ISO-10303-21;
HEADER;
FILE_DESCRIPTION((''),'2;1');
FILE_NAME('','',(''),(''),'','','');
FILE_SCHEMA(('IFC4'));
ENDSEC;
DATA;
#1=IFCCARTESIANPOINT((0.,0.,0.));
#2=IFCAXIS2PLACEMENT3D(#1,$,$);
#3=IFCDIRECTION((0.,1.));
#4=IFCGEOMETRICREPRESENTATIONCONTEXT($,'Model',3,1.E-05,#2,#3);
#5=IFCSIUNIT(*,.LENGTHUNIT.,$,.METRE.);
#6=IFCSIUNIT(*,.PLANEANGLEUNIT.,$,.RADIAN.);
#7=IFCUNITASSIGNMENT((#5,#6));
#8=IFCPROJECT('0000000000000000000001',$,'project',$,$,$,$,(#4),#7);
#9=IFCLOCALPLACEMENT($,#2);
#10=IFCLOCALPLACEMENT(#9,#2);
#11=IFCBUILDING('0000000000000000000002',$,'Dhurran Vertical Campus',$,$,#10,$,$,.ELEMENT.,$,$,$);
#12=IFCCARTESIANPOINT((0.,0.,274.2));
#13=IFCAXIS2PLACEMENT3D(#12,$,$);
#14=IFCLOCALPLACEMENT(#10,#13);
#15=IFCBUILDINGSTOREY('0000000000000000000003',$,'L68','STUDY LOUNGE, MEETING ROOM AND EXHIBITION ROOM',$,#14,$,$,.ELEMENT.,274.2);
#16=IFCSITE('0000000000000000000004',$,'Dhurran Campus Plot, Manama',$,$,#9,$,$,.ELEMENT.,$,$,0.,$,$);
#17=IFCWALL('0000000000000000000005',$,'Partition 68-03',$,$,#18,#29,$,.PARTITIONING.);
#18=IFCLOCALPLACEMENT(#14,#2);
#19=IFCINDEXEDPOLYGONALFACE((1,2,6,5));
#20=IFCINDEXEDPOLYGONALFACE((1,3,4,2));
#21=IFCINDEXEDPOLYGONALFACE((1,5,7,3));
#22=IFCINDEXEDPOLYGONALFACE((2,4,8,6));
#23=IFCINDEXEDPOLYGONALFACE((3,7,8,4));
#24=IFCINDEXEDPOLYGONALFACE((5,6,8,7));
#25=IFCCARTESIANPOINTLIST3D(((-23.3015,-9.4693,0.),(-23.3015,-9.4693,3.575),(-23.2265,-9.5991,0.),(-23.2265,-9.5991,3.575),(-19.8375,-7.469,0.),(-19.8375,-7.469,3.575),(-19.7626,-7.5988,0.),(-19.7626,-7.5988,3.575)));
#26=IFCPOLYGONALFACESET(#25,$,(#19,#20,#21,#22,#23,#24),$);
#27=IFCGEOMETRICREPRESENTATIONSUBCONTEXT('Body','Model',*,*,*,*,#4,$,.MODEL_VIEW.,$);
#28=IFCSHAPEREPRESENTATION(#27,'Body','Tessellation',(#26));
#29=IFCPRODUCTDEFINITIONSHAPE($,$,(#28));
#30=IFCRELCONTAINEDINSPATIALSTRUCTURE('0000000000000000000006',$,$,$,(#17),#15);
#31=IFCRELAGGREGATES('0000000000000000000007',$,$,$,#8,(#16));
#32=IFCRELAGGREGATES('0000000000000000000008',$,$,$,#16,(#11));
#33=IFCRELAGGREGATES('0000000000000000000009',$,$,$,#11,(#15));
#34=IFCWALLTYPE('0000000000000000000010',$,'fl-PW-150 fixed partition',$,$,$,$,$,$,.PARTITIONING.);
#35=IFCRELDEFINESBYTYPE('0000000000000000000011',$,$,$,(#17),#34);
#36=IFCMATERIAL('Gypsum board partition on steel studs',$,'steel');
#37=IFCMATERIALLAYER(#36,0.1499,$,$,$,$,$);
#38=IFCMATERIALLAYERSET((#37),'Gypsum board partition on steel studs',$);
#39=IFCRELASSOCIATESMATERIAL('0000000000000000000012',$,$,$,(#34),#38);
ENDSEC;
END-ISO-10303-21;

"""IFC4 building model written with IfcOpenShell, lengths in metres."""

from ifc_helpers import new_model, si_unit, direction, frame, frame_2d, origin, place, context, subcontext, project, spatial, rectangle, extrude, material, layer, layer_set, type_object, element, save


model = new_model("IFC4")

# Units and contexts
model_context = context("Model", 3, precision=1e-05, world=origin(), true_north=direction((0.0, 1.0)))
body_context = subcontext(model_context, "Body", "Model", "MODEL_VIEW")
ifc_project = project(units=[si_unit("LENGTHUNIT", "METRE"), si_unit("PLANEANGLEUNIT", "RADIAN")], contexts=[model_context])

# Site, building, storey
site_placement = place(None, origin())
site = spatial("IfcSite", under=ifc_project, at=site_placement, Name="Dhurran Campus Plot, Manama", CompositionType="ELEMENT", RefElevation=0.0)
building_placement = place(site_placement, origin())
building = spatial("IfcBuilding", under=site, at=building_placement, Name="Dhurran Vertical Campus", CompositionType="ELEMENT")
storey_placement = place(building_placement, frame((0.0, 0.0, 274.2)))
storey = spatial("IfcBuildingStorey", under=building, at=storey_placement, Name="L68", Description="STUDY LOUNGE, MEETING ROOM AND EXHIBITION ROOM", CompositionType="ELEMENT", Elevation=274.2)

# Wall
ifc_material_1 = material(Name="Gypsum board partition on steel studs", Category="steel")
ifc_layer_1 = layer(ifc_material_1, 0.1499)
ifc_layer_set_1 = layer_set([ifc_layer_1], Name="Gypsum board partition on steel studs")
wall_type_1 = type_object("IfcWallType", Name="fl-PW-150 fixed partition", PredefinedType="PARTITIONING", material=ifc_layer_set_1)
wall_1_placement = place(storey_placement, frame((-19.8, -7.5339, 0.0), z_axis=(0.0, 0.0, 1.0), x_axis=(-0.865984, -0.500071, 0.0)))
element("IfcWall", 1, at=wall_1_placement, inside=storey, type_object=wall_type_1, Name="Partition 68-03", PredefinedType="PARTITIONING", context=body_context, shape_type="SweptSolid", body=[
    extrude(rectangle(XDim=4.0, YDim=0.1499, at=frame_2d((2.0, 0.0))), origin(), (0.0, 0.0, 1.0), 3.575),
])

save(model, "model.ifc")
